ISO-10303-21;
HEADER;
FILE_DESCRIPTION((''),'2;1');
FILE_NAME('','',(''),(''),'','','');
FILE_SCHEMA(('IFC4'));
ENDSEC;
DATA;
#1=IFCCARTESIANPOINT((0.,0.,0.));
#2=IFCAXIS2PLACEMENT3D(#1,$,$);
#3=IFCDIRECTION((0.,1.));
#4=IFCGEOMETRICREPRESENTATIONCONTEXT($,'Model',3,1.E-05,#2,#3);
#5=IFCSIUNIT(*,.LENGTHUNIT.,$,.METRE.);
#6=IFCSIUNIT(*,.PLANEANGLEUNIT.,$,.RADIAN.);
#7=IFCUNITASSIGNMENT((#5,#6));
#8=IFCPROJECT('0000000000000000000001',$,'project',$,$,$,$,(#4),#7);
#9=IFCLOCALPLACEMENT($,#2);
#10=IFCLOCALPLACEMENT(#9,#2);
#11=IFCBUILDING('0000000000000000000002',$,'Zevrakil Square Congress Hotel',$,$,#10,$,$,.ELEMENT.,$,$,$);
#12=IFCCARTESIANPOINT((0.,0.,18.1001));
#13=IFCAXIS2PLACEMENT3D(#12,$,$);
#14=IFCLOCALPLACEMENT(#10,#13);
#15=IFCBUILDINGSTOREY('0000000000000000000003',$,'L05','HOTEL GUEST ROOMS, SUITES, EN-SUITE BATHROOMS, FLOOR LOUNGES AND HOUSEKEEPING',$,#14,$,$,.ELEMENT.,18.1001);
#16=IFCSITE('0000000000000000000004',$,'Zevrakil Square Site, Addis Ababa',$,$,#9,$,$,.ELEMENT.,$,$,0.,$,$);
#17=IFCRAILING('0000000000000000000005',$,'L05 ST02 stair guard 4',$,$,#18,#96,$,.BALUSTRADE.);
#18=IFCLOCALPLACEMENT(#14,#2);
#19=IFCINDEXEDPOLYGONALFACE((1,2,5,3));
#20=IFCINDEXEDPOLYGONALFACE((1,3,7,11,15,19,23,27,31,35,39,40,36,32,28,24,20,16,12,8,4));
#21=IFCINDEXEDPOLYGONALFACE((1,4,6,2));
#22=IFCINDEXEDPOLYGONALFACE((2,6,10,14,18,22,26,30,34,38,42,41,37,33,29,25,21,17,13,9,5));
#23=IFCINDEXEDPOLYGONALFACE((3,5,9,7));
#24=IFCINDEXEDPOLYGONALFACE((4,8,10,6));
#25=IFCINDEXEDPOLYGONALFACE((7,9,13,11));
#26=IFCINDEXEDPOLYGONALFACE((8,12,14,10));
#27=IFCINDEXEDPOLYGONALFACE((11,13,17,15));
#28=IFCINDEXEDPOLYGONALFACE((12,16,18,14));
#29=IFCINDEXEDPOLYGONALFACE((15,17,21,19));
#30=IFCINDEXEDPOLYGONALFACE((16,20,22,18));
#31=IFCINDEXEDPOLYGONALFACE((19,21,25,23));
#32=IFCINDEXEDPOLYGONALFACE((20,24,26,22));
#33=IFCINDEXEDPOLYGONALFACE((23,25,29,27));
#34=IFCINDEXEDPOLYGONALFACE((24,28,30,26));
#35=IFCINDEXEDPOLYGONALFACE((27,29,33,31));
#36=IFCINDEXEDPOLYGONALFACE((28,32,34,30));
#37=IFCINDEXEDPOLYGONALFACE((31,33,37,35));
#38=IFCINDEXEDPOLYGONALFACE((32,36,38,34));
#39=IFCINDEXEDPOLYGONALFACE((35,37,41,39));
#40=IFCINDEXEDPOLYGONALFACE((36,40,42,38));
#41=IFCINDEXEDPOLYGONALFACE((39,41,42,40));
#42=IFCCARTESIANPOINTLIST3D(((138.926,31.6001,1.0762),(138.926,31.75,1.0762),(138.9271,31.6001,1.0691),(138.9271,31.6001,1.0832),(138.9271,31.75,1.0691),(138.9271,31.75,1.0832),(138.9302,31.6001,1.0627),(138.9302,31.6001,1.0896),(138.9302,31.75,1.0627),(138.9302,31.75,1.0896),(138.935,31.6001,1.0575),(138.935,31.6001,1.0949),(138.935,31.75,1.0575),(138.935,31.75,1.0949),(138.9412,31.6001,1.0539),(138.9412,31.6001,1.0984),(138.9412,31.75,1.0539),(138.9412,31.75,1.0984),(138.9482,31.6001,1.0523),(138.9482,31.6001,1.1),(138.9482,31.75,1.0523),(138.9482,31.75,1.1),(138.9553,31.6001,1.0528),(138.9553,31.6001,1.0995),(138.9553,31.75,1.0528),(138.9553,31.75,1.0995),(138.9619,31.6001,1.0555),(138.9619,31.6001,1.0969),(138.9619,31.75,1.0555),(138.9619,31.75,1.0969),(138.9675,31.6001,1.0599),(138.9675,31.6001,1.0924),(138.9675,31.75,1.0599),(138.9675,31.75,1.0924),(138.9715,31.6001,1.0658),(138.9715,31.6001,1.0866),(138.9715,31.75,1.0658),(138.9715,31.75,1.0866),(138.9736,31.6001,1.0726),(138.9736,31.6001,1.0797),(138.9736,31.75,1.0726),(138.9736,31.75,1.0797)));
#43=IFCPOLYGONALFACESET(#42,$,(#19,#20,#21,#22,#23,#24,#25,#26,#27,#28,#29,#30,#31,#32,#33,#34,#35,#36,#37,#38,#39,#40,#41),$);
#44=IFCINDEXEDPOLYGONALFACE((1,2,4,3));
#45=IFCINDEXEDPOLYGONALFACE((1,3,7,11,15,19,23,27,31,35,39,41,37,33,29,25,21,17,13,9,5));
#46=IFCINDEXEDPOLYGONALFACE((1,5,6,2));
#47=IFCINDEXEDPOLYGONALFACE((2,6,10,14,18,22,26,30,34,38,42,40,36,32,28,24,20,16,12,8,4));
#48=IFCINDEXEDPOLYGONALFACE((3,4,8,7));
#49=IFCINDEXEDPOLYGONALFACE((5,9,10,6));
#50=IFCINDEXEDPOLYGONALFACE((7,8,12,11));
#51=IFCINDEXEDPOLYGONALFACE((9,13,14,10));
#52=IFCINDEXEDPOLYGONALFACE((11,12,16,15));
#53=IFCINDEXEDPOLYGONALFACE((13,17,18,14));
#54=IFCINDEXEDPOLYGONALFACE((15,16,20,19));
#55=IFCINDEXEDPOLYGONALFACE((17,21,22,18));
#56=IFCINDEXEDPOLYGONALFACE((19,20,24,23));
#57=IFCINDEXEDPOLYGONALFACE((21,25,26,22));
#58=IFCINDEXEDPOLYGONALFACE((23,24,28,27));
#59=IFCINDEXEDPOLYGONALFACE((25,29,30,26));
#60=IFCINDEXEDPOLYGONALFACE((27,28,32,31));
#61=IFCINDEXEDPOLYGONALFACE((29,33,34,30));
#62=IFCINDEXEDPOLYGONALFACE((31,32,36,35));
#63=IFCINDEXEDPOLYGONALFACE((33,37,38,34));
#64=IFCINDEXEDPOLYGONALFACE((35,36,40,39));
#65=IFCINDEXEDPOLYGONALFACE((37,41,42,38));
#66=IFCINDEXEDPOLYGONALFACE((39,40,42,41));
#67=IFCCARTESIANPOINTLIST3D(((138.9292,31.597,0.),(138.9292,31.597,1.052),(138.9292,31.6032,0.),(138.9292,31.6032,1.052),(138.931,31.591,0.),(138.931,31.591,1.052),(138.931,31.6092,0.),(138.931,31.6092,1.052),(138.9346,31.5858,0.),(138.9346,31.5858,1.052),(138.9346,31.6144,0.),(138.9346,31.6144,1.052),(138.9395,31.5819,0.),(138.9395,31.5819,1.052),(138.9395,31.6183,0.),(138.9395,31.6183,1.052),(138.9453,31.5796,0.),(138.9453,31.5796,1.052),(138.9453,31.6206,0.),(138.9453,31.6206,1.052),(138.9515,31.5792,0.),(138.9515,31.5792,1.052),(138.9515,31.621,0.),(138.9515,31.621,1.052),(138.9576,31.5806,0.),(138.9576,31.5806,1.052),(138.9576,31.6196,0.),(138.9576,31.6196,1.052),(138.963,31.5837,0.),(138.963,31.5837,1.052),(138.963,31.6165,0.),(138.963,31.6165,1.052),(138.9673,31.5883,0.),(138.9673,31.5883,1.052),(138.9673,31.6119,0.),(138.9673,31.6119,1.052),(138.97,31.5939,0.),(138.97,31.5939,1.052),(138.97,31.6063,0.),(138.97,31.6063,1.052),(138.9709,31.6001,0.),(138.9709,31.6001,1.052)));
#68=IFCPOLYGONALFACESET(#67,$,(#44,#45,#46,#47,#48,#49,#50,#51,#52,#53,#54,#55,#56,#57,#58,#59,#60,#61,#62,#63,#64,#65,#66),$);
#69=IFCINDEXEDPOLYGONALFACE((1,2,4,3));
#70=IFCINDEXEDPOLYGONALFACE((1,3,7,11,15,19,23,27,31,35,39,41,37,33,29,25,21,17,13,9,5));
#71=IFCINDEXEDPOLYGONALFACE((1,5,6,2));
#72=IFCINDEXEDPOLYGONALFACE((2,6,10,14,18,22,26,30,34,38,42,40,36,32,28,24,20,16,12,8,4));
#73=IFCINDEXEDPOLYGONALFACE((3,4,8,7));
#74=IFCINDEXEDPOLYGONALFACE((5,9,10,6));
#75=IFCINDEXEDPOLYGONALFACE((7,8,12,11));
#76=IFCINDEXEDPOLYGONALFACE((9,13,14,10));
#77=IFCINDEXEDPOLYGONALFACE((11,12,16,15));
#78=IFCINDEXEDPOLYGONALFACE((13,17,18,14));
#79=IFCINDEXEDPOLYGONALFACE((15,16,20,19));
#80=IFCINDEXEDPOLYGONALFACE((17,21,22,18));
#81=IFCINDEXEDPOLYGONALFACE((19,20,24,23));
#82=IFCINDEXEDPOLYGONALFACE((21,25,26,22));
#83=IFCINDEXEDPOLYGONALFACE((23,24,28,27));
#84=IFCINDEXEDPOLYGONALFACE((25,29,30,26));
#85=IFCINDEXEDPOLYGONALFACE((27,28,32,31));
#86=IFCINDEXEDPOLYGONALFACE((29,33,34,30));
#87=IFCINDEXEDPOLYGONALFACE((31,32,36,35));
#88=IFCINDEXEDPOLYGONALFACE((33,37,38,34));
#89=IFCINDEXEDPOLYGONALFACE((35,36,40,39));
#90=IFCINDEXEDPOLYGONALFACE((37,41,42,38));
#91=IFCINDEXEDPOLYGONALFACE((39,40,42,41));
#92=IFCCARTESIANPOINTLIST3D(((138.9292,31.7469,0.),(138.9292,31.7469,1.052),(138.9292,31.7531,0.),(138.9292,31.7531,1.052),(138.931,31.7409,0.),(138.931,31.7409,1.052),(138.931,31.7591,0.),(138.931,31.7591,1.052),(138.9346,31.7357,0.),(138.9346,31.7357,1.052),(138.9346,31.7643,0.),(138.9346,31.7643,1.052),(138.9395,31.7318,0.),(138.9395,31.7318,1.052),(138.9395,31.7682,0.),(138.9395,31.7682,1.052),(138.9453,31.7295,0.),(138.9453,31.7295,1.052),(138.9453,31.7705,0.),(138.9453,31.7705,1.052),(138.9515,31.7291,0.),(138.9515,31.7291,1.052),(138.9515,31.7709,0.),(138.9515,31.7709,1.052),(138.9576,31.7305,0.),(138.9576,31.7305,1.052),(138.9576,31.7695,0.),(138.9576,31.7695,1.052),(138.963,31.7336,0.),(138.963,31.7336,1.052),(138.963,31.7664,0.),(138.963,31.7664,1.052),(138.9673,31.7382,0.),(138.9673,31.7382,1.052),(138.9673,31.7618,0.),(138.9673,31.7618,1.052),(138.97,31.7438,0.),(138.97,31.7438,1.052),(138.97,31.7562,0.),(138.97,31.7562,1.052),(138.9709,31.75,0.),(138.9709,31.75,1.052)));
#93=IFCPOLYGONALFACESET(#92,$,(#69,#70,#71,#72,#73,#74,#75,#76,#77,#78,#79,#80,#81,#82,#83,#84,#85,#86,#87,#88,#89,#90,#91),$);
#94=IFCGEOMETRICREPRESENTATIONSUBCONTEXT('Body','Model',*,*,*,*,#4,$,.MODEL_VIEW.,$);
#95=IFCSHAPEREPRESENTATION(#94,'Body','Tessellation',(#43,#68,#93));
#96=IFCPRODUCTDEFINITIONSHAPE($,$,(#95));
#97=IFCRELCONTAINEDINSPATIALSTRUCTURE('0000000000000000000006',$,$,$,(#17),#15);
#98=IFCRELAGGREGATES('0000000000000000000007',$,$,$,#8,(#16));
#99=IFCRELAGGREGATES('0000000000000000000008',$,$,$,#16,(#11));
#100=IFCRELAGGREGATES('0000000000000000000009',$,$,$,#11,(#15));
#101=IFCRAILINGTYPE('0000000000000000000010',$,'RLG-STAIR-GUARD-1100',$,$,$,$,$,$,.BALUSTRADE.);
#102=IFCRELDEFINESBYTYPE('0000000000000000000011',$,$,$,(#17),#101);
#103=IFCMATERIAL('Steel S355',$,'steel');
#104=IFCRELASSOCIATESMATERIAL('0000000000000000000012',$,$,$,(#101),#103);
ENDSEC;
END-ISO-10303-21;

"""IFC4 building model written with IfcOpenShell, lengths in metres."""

from ifc_helpers import new_model, si_unit, direction, frame, origin, origin_2d, place, context, subcontext, project, spatial, circle, extrude, material, type_object, element, save


model = new_model("IFC4")

# Units and contexts
model_context = context("Model", 3, precision=1e-05, world=origin(), true_north=direction((0.0, 1.0)))
body_context = subcontext(model_context, "Body", "Model", "MODEL_VIEW")
ifc_project = project(units=[si_unit("LENGTHUNIT", "METRE"), si_unit("PLANEANGLEUNIT", "RADIAN")], contexts=[model_context])

# Site, building, storey
site_placement = place(None, origin())
site = spatial("IfcSite", under=ifc_project, at=site_placement, Name="Zevrakil Square Site, Addis Ababa", CompositionType="ELEMENT", RefElevation=0.0)
building_placement = place(site_placement, origin())
building = spatial("IfcBuilding", under=site, at=building_placement, Name="Zevrakil Square Congress Hotel", CompositionType="ELEMENT")
storey_placement = place(building_placement, frame((0.0, 0.0, 18.1001)))
storey = spatial("IfcBuildingStorey", under=building, at=storey_placement, Name="L05", Description="HOTEL GUEST ROOMS, SUITES, EN-SUITE BATHROOMS, FLOOR LOUNGES AND HOUSEKEEPING", CompositionType="ELEMENT", Elevation=18.1001)

# Railing
ifc_material_1 = material(Name="Steel S355", Category="steel")
railing_type_1 = type_object("IfcRailingType", Name="RLG-STAIR-GUARD-1100", PredefinedType="BALUSTRADE", material=ifc_material_1)
railing_1_placement = place(storey_placement, frame((138.95, 31.6001, 0.0)))
element("IfcRailing", 1, at=railing_1_placement, inside=storey, type_object=railing_type_1, Name="L05 ST02 stair guard 4", PredefinedType="BALUSTRADE", context=body_context, shape_type="SweptSolid", body=[
    extrude(circle(Radius=0.0239, at=origin_2d()), frame((0.0, 0.0, 1.0762), z_axis=(0.0, 1.0, 0.0), x_axis=(-1.0, 0.0, 0.0)), (0.0, 0.0, 1.0), 0.1499),
    extrude(circle(Radius=0.021, at=origin_2d()), origin(), (0.0, 0.0, 1.0), 1.052),
    extrude(circle(Radius=0.021, at=origin_2d()), frame((0.0, 0.1499, 0.0)), (0.0, 0.0, 1.0), 1.052),
])

save(model, "model.ifc")
